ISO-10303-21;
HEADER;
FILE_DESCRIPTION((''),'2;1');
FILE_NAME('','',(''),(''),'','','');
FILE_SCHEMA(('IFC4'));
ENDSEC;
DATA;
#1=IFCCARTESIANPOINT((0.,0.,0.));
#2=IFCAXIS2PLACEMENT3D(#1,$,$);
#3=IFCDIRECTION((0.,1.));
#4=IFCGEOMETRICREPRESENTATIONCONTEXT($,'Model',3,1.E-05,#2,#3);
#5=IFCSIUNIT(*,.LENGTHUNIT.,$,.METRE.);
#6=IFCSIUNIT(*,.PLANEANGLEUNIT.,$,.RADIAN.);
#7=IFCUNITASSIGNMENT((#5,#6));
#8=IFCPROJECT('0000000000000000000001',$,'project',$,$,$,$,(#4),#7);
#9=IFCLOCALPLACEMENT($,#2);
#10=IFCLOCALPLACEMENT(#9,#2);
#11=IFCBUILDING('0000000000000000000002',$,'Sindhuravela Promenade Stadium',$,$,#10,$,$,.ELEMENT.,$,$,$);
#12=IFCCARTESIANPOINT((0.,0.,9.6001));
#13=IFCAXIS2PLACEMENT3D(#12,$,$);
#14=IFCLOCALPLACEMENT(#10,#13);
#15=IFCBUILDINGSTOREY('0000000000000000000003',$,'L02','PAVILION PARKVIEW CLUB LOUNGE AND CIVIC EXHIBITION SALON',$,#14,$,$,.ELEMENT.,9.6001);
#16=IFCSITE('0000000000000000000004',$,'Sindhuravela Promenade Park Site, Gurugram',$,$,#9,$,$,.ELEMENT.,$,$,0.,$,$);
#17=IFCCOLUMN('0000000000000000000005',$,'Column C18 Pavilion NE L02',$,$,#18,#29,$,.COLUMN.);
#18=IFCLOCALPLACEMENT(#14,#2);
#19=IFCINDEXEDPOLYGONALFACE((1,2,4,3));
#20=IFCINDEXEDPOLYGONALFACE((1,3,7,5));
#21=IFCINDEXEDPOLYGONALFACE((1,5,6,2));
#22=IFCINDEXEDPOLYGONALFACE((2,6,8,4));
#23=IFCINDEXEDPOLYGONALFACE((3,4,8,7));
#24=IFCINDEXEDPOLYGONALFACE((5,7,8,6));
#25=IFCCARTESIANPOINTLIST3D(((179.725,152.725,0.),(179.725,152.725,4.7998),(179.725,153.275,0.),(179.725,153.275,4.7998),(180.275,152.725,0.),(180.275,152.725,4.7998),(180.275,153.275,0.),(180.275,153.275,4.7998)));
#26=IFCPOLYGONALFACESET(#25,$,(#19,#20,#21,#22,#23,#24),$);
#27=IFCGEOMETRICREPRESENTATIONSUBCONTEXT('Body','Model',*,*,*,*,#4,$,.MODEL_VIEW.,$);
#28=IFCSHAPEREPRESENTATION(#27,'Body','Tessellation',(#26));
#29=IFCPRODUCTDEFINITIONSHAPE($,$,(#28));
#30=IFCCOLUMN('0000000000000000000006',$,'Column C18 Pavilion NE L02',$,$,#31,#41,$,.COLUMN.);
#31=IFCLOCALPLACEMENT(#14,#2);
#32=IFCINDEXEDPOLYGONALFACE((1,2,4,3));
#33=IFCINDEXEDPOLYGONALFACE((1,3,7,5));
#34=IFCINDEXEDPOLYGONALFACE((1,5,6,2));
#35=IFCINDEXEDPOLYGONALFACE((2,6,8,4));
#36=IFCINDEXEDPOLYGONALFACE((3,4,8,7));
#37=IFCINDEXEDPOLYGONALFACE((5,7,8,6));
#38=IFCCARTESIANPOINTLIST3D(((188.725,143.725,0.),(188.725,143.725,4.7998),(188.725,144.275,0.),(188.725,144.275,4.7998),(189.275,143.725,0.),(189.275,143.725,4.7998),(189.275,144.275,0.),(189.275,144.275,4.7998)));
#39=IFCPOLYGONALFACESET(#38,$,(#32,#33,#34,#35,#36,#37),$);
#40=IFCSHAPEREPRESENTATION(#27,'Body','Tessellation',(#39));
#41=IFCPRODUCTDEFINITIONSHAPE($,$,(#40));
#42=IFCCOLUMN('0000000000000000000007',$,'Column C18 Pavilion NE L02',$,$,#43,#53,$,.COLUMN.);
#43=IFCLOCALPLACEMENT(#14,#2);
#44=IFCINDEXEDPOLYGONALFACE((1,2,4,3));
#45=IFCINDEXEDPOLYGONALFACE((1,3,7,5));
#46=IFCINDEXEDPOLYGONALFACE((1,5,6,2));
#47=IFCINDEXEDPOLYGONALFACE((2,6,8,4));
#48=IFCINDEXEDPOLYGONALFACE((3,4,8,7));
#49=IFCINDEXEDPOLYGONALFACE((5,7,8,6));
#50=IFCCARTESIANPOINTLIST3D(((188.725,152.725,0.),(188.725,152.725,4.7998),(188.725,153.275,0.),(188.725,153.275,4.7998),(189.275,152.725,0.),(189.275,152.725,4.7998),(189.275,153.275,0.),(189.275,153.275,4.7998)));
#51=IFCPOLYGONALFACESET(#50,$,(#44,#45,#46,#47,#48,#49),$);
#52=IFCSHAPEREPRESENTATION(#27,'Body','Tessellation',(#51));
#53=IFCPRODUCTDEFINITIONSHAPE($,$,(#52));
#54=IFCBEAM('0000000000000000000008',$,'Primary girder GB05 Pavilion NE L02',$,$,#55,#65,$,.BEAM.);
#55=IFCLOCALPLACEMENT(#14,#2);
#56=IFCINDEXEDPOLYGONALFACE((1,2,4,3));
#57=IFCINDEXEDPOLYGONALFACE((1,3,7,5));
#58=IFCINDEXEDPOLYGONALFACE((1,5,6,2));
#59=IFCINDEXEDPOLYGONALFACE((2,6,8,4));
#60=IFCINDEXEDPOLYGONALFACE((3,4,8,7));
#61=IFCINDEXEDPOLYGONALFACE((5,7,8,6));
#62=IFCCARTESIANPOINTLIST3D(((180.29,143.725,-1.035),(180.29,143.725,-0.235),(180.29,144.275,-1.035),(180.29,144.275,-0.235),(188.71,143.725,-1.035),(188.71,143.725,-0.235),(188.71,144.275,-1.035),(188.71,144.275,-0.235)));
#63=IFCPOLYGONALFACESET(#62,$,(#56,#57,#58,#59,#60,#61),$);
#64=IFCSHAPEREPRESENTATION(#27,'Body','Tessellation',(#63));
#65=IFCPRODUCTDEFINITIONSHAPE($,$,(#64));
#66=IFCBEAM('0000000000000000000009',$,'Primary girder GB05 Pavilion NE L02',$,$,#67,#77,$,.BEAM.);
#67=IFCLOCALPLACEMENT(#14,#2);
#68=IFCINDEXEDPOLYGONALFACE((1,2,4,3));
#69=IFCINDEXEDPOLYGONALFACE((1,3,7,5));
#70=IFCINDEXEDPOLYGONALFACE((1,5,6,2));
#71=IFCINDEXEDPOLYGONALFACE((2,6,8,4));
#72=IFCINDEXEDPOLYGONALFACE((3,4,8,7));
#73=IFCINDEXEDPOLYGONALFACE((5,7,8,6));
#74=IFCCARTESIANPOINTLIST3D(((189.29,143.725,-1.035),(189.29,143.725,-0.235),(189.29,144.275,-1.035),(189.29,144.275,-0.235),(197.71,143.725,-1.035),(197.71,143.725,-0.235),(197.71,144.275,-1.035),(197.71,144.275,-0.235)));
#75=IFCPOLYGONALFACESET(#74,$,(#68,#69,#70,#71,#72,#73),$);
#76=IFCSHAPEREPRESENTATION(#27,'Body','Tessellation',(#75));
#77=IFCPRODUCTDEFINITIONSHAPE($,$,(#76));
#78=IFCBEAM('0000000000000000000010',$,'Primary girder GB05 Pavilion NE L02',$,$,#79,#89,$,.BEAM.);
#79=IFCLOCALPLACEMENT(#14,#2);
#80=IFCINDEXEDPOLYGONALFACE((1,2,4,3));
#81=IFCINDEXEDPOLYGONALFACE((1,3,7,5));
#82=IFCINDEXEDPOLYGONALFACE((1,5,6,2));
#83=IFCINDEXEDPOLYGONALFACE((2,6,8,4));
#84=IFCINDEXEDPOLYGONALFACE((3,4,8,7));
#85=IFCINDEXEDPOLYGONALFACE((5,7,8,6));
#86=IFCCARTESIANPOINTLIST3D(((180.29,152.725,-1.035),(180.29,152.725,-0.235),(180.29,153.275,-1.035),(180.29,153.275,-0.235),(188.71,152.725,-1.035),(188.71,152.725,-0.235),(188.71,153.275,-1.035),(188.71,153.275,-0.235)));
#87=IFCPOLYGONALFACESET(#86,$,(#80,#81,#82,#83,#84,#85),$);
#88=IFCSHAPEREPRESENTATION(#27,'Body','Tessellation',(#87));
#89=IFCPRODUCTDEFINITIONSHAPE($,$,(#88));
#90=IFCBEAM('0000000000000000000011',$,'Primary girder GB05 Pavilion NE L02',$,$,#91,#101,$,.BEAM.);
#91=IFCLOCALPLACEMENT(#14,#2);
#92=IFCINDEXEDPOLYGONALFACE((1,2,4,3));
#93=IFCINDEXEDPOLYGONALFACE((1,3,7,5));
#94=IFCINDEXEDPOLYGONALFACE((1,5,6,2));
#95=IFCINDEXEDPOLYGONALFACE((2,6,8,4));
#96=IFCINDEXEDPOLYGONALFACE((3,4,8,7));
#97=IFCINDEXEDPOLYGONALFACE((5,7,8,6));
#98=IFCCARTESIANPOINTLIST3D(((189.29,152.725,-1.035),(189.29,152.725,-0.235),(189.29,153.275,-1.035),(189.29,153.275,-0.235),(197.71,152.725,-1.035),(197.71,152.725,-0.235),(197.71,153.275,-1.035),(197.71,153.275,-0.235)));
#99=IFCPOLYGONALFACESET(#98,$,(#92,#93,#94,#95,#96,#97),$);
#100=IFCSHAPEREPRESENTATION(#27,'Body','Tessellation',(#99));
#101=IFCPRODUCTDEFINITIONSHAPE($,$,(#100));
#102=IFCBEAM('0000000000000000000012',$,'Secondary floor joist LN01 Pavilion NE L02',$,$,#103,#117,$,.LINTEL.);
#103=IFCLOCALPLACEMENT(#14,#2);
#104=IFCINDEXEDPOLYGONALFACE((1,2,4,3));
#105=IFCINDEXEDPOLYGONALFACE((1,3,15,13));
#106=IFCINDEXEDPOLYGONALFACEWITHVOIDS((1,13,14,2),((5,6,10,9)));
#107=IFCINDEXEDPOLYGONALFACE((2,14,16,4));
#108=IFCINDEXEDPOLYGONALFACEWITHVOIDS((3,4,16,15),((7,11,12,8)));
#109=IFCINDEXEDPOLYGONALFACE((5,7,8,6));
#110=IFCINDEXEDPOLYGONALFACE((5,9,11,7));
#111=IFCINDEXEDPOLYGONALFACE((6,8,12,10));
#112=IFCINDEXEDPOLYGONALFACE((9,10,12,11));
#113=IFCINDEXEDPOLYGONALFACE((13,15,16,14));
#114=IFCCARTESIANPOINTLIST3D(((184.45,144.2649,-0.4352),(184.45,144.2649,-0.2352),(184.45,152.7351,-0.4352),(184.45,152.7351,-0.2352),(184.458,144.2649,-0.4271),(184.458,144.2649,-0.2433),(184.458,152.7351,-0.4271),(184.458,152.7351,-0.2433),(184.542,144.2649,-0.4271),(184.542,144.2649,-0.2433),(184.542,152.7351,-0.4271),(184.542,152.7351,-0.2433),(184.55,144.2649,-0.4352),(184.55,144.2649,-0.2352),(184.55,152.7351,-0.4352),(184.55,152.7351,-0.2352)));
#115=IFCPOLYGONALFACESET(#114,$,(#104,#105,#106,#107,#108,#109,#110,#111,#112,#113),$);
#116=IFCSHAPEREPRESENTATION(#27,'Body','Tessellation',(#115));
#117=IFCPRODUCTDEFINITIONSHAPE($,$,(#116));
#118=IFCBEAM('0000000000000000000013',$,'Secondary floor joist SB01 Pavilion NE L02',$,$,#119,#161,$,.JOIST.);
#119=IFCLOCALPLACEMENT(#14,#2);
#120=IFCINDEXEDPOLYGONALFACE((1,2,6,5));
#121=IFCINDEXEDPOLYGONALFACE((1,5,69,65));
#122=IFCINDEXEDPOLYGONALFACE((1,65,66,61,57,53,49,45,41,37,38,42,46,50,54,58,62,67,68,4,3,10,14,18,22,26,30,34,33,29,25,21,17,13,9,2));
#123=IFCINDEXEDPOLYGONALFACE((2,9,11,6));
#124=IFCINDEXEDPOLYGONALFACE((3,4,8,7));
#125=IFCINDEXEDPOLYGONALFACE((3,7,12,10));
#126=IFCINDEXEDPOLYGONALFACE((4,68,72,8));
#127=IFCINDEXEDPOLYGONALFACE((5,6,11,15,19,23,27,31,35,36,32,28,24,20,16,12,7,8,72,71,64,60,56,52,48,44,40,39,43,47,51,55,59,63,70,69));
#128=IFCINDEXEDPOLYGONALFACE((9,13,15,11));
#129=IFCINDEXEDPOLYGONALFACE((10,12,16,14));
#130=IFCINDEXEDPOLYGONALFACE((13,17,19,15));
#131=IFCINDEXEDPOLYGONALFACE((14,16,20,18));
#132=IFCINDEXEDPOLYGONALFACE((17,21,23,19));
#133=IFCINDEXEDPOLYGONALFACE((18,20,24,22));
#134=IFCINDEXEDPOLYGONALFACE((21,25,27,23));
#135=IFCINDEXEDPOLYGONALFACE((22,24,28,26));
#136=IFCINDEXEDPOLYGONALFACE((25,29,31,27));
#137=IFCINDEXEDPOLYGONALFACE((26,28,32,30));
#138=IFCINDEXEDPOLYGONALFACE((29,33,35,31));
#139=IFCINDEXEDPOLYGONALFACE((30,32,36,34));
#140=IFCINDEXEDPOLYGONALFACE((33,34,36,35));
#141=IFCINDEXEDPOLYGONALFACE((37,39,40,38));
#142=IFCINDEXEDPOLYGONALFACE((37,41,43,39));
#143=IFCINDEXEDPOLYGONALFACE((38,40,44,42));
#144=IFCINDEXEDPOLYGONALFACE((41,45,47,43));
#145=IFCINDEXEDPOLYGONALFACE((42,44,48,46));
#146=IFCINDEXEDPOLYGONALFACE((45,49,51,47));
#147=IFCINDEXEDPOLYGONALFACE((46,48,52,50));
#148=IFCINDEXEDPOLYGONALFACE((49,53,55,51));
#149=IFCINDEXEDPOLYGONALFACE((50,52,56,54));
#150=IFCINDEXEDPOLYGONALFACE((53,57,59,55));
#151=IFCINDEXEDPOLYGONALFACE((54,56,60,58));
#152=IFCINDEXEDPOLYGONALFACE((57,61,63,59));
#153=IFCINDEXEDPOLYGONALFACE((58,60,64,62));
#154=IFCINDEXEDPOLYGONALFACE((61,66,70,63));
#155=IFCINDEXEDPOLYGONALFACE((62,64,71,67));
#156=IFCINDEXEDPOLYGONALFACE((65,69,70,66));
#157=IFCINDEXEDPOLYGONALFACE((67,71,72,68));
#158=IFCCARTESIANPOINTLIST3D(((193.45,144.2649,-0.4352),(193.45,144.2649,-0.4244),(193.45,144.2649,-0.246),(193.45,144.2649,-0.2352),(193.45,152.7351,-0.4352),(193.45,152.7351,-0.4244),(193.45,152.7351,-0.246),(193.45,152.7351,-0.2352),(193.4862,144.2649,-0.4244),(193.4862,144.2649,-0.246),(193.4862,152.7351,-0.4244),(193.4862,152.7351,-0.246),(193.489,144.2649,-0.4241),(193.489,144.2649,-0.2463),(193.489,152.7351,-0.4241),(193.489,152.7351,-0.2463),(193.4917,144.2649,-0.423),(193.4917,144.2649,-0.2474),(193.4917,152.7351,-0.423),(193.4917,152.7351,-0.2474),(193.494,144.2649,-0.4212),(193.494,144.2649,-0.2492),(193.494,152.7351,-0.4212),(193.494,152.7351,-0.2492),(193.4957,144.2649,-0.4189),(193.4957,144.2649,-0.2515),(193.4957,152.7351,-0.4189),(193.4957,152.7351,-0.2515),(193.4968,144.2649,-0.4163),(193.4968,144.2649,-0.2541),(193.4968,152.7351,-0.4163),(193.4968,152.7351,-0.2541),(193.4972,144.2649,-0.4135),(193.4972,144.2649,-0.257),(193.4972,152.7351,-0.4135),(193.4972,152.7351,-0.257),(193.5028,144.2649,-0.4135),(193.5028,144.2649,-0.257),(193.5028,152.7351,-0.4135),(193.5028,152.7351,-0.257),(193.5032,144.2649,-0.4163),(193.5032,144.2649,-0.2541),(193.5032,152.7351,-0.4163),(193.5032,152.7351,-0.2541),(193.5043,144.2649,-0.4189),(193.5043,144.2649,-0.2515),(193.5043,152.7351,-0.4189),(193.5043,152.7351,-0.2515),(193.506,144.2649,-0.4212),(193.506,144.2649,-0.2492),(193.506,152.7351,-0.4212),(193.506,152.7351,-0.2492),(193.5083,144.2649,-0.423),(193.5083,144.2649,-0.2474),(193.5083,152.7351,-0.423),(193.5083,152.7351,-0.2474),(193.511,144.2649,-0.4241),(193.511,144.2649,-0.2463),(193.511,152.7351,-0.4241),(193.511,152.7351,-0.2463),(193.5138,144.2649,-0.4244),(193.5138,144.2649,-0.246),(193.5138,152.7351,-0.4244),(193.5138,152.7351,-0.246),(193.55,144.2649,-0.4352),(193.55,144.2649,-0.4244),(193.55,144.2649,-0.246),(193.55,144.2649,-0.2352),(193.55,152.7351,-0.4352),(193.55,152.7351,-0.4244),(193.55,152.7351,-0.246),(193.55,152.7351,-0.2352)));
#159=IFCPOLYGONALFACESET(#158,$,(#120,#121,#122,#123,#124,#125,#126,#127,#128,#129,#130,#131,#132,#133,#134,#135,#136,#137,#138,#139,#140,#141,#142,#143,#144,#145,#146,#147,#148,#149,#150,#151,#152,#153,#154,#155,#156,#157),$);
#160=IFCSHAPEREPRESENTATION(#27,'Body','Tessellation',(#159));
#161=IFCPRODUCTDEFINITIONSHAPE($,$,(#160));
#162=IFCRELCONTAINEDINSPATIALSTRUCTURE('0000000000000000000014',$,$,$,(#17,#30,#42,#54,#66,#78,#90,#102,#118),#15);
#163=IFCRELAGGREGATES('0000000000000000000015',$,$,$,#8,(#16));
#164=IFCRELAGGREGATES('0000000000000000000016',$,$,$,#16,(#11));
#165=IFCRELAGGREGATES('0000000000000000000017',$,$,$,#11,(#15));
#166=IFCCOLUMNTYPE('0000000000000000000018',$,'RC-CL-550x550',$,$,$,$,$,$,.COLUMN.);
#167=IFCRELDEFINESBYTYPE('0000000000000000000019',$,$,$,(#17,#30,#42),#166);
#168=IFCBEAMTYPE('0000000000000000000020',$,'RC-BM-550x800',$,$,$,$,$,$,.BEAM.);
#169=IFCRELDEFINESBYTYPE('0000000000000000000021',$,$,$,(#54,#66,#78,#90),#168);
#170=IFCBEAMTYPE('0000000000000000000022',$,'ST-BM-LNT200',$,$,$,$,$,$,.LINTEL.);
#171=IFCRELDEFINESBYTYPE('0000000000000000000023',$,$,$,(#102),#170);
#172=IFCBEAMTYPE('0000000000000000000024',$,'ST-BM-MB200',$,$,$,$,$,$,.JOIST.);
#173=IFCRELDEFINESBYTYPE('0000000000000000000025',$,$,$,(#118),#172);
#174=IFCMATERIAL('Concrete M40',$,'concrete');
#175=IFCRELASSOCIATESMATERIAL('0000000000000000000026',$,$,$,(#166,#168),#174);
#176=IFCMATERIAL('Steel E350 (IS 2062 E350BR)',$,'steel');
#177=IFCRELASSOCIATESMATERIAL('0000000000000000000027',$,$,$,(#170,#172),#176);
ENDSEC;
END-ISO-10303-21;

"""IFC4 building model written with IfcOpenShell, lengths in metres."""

from ifc_helpers import new_model, si_unit, direction, frame, origin, origin_2d, place, context, subcontext, project, spatial, rectangle, hollow_rectangle, i_section, extrude, material, material_profile, profile_set, type_object, element, save


model = new_model("IFC4")

# Units and contexts
model_context = context("Model", 3, precision=1e-05, world=origin(), true_north=direction((0.0, 1.0)))
body_context = subcontext(model_context, "Body", "Model", "MODEL_VIEW")
ifc_project = project(units=[si_unit("LENGTHUNIT", "METRE"), si_unit("PLANEANGLEUNIT", "RADIAN")], contexts=[model_context])

# Site, building, storey
site_placement = place(None, origin())
site = spatial("IfcSite", under=ifc_project, at=site_placement, Name="Sindhuravela Promenade Park Site, Gurugram", CompositionType="ELEMENT", RefElevation=0.0)
building_placement = place(site_placement, origin())
building = spatial("IfcBuilding", under=site, at=building_placement, Name="Sindhuravela Promenade Stadium", CompositionType="ELEMENT")
storey_placement = place(building_placement, frame((0.0, 0.0, 9.6001)))
storey = spatial("IfcBuildingStorey", under=building, at=storey_placement, Name="L02", Description="PAVILION PARKVIEW CLUB LOUNGE AND CIVIC EXHIBITION SALON", CompositionType="ELEMENT", Elevation=9.6001)

# Columns
ifc_material_1 = material(Name="Concrete M40", Category="concrete")
ifc_material_profile_1 = material_profile(ifc_material_1, rectangle(XDim=0.55, YDim=0.55, at=origin_2d()), Name="RC 550x550")
ifc_profile_set_1 = profile_set([ifc_material_profile_1], Name="Concrete M40")
column_type = type_object("IfcColumnType", Name="RC-CL-550x550", PredefinedType="COLUMN", material=ifc_profile_set_1)
for number, where, z_axis, x_axis, name in (
    (1, (180.0, 153.0, 0.0), (0.0, 0.0, 1.0), (1.0, 0.0, 0.0), "Column C18 Pavilion NE L02"),
    (2, (189.0, 144.0, 0.0), (0.0, 0.0, 1.0), (1.0, 0.0, 0.0), "Column C18 Pavilion NE L02"),
    (3, (189.0, 153.0, 0.0), (0.0, 0.0, 1.0), (1.0, 0.0, 0.0), "Column C18 Pavilion NE L02"),
):
    element("IfcColumn", number, at=place(storey_placement, frame(where, z_axis=z_axis, x_axis=x_axis)), inside=storey, type_object=column_type, Name=name, PredefinedType="COLUMN", context=body_context, shape_type="SweptSolid", body=[
        extrude(rectangle(XDim=0.55, YDim=0.55, at=origin_2d()), origin(), (0.0, 0.0, 1.0), 4.7998),
    ])

# Beams
ifc_material_profile_2 = material_profile(ifc_material_1, rectangle(XDim=0.55, YDim=0.8, at=origin_2d()), Name="RC 550x800")
ifc_profile_set_2 = profile_set([ifc_material_profile_2], Name="Concrete M40")
beam_type_1 = type_object("IfcBeamType", Name="RC-BM-550x800", PredefinedType="BEAM", material=ifc_profile_set_2)
for number, where, z_axis, x_axis, name in (
    (4, (180.29, 144.0, -0.635), (1.0, 0.0, 0.0), (0.0, 1.0, 0.0), "Primary girder GB05 Pavilion NE L02"),
    (5, (189.29, 144.0, -0.635), (1.0, 0.0, 0.0), (0.0, 1.0, 0.0), "Primary girder GB05 Pavilion NE L02"),
    (6, (180.29, 153.0, -0.635), (1.0, 0.0, 0.0), (0.0, 1.0, 0.0), "Primary girder GB05 Pavilion NE L02"),
    (7, (189.29, 153.0, -0.635), (1.0, 0.0, 0.0), (0.0, 1.0, 0.0), "Primary girder GB05 Pavilion NE L02"),
):
    element("IfcBeam", number, at=place(storey_placement, frame(where, z_axis=z_axis, x_axis=x_axis)), inside=storey, type_object=beam_type_1, Name=name, PredefinedType="BEAM", context=body_context, shape_type="SweptSolid", body=[
        extrude(rectangle(XDim=0.55, YDim=0.8, at=origin_2d()), origin(), (0.0, 0.0, 1.0), 8.4199),
    ])
ifc_material_2 = material(Name="Steel E350 (IS 2062 E350BR)", Category="steel")
ifc_material_profile_3 = material_profile(ifc_material_2, hollow_rectangle(XDim=0.1001, YDim=0.2, WallThickness=0.0081, at=origin_2d()), Name="RHS 200x100x8")
ifc_profile_set_3 = profile_set([ifc_material_profile_3], Name="Steel E350 (IS 2062 E350BR)")
beam_type_2 = type_object("IfcBeamType", Name="ST-BM-LNT200", PredefinedType="LINTEL", material=ifc_profile_set_3)
beam_1_placement = place(storey_placement, frame((184.5, 144.2649, -0.3352), z_axis=(0.0, 1.0, 0.0), x_axis=(-1.0, 0.0, 0.0)))
element("IfcBeam", 8, at=beam_1_placement, inside=storey, type_object=beam_type_2, Name="Secondary floor joist LN01 Pavilion NE L02", PredefinedType="LINTEL", context=body_context, shape_type="SweptSolid", body=[
    extrude(hollow_rectangle(XDim=0.1001, YDim=0.2, WallThickness=0.0081, at=origin_2d()), origin(), (0.0, 0.0, 1.0), 8.4702),
])
ifc_material_profile_4 = material_profile(ifc_material_2, i_section(OverallWidth=0.1001, OverallDepth=0.2, WebThickness=0.0056, FlangeThickness=0.0107, FilletRadius=0.011, at=origin_2d()), Name="ISMB 200")
ifc_profile_set_4 = profile_set([ifc_material_profile_4], Name="Steel E350 (IS 2062 E350BR)")
beam_type_3 = type_object("IfcBeamType", Name="ST-BM-MB200", PredefinedType="JOIST", material=ifc_profile_set_4)
beam_2_placement = place(storey_placement, frame((193.5, 144.2649, -0.3352), z_axis=(0.0, 1.0, 0.0), x_axis=(-1.0, 0.0, 0.0)))
element("IfcBeam", 9, at=beam_2_placement, inside=storey, type_object=beam_type_3, Name="Secondary floor joist SB01 Pavilion NE L02", PredefinedType="JOIST", context=body_context, shape_type="SweptSolid", body=[
    extrude(i_section(OverallWidth=0.1001, OverallDepth=0.2, WebThickness=0.0056, FlangeThickness=0.0107, FilletRadius=0.011, at=origin_2d()), origin(), (0.0, 0.0, 1.0), 8.4702),
])

save(model, "model.ifc")
